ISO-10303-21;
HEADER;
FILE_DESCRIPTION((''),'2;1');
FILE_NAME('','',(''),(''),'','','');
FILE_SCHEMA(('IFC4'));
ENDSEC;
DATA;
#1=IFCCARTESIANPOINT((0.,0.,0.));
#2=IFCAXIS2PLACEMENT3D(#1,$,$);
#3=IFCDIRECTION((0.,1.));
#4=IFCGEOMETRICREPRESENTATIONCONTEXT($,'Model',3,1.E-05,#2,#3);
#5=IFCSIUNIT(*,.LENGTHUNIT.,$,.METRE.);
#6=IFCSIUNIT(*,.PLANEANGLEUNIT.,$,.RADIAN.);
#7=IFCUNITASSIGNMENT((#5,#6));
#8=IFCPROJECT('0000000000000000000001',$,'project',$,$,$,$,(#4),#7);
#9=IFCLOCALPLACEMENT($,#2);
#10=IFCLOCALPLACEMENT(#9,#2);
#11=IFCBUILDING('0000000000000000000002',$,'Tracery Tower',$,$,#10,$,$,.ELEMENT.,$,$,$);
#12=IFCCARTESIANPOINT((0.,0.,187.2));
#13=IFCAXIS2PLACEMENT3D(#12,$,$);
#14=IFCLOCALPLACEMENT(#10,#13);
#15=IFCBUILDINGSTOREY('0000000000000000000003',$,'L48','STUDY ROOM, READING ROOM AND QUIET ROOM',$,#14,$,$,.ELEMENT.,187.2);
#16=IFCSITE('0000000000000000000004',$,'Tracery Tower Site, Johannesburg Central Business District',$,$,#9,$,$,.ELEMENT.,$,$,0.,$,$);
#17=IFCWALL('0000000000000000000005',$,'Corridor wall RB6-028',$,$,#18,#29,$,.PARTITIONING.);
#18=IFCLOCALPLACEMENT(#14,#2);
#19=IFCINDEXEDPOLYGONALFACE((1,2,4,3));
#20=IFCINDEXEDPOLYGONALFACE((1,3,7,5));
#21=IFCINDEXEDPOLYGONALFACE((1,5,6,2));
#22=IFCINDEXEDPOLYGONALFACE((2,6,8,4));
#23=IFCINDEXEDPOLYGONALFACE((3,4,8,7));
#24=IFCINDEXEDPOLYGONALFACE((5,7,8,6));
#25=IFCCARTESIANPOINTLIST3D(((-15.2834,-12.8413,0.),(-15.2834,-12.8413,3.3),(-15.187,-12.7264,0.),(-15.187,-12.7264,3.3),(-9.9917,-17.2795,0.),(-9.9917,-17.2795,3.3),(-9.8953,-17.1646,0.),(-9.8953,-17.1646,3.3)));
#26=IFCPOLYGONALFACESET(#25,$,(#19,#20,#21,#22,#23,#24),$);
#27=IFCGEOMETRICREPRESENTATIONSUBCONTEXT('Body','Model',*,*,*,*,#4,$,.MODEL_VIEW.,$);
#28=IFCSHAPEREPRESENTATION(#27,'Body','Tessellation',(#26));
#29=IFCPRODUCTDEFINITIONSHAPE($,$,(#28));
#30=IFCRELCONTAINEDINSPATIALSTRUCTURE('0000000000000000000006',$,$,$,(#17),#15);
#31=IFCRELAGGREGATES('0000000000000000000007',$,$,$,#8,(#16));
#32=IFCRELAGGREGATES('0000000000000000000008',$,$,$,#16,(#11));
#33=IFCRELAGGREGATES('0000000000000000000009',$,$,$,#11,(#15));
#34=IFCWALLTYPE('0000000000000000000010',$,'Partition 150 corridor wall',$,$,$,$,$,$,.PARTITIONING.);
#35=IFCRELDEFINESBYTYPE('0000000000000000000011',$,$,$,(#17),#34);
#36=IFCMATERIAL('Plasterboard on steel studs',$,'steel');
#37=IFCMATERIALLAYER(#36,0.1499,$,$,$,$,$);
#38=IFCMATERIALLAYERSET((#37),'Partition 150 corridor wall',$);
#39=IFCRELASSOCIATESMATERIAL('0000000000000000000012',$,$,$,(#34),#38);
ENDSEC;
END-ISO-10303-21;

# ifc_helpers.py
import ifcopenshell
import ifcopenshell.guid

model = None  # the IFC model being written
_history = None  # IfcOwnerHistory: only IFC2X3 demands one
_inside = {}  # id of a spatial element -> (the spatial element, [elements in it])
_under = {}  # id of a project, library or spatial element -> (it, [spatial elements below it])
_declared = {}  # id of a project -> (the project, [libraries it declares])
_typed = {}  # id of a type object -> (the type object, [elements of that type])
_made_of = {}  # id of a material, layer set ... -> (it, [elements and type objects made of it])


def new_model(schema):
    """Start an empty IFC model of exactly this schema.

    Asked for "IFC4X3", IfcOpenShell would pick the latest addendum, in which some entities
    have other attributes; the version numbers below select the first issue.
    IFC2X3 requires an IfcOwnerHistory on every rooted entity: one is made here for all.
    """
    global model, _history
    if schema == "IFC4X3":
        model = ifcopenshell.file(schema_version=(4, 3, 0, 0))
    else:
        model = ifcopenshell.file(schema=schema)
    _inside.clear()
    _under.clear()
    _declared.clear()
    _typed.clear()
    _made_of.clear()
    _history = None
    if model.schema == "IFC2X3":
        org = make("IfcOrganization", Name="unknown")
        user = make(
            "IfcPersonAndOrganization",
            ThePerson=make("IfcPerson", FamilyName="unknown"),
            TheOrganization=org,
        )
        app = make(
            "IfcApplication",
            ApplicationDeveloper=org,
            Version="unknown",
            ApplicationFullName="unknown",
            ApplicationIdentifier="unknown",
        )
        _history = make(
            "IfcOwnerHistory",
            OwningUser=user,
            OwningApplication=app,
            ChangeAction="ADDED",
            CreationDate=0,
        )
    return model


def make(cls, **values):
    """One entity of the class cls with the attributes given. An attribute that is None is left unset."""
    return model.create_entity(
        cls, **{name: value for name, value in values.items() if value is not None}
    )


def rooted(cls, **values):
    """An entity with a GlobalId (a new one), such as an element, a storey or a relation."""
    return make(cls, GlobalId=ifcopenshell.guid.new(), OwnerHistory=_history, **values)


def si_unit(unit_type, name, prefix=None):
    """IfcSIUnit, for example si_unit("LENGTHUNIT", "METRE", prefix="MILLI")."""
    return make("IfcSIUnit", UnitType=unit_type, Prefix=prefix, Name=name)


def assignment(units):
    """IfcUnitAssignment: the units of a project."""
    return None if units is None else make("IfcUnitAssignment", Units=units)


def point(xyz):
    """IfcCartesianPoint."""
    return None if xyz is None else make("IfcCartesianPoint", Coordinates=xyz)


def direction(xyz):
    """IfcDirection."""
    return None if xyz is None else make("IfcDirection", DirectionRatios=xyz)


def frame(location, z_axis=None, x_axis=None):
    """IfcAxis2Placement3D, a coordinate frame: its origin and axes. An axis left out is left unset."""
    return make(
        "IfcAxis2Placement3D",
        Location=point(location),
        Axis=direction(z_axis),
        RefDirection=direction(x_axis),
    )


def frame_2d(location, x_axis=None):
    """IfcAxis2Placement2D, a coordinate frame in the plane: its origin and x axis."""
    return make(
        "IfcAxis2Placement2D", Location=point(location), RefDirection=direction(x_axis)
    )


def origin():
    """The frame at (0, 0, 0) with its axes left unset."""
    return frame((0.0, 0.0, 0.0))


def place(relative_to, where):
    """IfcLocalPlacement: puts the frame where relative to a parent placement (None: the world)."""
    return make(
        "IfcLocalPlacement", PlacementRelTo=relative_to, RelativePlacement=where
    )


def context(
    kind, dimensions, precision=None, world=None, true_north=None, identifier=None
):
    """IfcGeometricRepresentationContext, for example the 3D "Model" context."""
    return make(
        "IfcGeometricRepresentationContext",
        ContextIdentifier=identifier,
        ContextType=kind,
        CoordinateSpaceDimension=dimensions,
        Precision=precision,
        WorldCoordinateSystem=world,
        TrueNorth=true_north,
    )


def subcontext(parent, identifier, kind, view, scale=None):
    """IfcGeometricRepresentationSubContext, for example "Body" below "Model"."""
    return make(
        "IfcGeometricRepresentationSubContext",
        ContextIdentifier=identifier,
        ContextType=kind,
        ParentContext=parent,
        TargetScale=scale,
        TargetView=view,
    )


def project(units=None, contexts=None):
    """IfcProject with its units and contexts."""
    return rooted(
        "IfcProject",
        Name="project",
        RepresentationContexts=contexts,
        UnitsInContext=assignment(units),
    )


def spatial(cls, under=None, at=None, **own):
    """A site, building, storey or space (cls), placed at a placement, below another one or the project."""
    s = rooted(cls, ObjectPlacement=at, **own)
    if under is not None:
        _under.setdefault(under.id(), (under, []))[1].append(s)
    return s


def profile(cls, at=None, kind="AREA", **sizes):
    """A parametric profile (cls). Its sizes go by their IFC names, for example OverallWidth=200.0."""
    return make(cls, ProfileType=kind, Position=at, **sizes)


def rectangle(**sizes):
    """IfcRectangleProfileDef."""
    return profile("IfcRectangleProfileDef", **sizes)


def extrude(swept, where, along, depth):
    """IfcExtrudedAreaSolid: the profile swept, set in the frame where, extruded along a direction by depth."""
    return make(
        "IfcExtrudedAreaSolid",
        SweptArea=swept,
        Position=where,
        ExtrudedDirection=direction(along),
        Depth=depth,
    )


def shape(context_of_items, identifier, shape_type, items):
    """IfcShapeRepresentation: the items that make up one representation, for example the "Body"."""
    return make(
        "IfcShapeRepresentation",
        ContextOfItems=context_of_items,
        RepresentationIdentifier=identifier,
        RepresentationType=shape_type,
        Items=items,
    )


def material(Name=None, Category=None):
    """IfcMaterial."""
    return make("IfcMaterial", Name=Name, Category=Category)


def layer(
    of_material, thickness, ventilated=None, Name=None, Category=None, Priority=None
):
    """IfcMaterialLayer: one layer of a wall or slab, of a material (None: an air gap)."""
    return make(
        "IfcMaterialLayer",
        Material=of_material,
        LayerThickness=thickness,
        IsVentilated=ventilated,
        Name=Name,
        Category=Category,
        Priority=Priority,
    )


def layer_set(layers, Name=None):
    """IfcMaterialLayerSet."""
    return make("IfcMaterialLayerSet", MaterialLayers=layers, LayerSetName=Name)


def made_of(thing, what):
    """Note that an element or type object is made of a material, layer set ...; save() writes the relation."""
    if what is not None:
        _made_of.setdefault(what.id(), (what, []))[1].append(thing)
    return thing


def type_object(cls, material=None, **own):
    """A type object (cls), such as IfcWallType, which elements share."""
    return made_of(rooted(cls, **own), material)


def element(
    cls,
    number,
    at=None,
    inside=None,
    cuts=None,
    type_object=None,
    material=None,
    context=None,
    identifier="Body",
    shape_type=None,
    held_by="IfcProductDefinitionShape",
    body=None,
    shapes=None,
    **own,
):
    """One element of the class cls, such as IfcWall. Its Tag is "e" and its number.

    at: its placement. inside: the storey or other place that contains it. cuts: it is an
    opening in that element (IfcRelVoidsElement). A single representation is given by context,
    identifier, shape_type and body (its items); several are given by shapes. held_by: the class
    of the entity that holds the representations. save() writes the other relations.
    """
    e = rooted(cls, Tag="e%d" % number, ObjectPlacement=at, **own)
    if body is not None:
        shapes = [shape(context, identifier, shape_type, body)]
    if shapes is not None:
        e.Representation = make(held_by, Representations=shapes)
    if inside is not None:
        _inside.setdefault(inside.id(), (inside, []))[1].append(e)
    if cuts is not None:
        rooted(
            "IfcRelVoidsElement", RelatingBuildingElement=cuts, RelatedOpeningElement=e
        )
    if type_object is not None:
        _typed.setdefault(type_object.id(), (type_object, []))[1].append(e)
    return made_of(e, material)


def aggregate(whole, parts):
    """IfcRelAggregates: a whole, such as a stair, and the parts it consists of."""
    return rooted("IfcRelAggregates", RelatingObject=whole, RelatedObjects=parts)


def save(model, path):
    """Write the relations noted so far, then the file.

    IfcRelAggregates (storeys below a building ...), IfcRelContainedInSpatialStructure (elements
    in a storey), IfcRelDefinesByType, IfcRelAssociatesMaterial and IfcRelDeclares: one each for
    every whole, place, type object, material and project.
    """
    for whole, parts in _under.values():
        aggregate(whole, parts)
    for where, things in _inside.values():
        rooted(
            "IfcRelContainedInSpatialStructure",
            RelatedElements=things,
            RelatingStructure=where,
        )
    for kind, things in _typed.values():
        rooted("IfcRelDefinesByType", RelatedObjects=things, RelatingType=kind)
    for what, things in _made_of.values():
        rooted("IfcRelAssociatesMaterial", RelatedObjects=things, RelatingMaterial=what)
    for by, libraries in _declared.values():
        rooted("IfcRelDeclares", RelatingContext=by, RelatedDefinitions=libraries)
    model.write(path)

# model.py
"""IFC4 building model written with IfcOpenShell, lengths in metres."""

from ifc_helpers import new_model, si_unit, direction, frame, frame_2d, origin, place, context, subcontext, project, spatial, rectangle, extrude, material, layer, layer_set, type_object, element, save


model = new_model("IFC4")

# Units and contexts
model_context = context("Model", 3, precision=1e-05, world=origin(), true_north=direction((0.0, 1.0)))
body_context = subcontext(model_context, "Body", "Model", "MODEL_VIEW")
ifc_project = project(units=[si_unit("LENGTHUNIT", "METRE"), si_unit("PLANEANGLEUNIT", "RADIAN")], contexts=[model_context])

# Site, building, storey
site_placement = place(None, origin())
site = spatial("IfcSite", under=ifc_project, at=site_placement, Name="Tracery Tower Site, Johannesburg Central Business District", CompositionType="ELEMENT", RefElevation=0.0)
building_placement = place(site_placement, origin())
building = spatial("IfcBuilding", under=site, at=building_placement, Name="Tracery Tower", CompositionType="ELEMENT")
storey_placement = place(building_placement, frame((0.0, 0.0, 187.2)))
storey = spatial("IfcBuildingStorey", under=building, at=storey_placement, Name="L48", Description="STUDY ROOM, READING ROOM AND QUIET ROOM", CompositionType="ELEMENT", Elevation=187.2)

# Wall
ifc_material_1 = material(Name="Plasterboard on steel studs", Category="steel")
ifc_layer_1 = layer(ifc_material_1, 0.1499)
ifc_layer_set_1 = layer_set([ifc_layer_1], Name="Partition 150 corridor wall")
wall_type_1 = type_object("IfcWallType", Name="Partition 150 corridor wall", PredefinedType="PARTITIONING", material=ifc_layer_set_1)
wall_1_placement = place(storey_placement, frame((-15.2351, -12.7839, 0.0), z_axis=(0.0, 0.0, 1.0), x_axis=(0.766192, -0.642612, 0.0)))
element("IfcWall", 1, at=wall_1_placement, inside=storey, type_object=wall_type_1, Name="Corridor wall RB6-028", PredefinedType="PARTITIONING", context=body_context, shape_type="SweptSolid", body=[
    extrude(rectangle(XDim=6.9065, YDim=0.1499, at=frame_2d((3.4531, 0.0))), origin(), (0.0, 0.0, 1.0), 3.3),
])

save(model, "model.ifc")
